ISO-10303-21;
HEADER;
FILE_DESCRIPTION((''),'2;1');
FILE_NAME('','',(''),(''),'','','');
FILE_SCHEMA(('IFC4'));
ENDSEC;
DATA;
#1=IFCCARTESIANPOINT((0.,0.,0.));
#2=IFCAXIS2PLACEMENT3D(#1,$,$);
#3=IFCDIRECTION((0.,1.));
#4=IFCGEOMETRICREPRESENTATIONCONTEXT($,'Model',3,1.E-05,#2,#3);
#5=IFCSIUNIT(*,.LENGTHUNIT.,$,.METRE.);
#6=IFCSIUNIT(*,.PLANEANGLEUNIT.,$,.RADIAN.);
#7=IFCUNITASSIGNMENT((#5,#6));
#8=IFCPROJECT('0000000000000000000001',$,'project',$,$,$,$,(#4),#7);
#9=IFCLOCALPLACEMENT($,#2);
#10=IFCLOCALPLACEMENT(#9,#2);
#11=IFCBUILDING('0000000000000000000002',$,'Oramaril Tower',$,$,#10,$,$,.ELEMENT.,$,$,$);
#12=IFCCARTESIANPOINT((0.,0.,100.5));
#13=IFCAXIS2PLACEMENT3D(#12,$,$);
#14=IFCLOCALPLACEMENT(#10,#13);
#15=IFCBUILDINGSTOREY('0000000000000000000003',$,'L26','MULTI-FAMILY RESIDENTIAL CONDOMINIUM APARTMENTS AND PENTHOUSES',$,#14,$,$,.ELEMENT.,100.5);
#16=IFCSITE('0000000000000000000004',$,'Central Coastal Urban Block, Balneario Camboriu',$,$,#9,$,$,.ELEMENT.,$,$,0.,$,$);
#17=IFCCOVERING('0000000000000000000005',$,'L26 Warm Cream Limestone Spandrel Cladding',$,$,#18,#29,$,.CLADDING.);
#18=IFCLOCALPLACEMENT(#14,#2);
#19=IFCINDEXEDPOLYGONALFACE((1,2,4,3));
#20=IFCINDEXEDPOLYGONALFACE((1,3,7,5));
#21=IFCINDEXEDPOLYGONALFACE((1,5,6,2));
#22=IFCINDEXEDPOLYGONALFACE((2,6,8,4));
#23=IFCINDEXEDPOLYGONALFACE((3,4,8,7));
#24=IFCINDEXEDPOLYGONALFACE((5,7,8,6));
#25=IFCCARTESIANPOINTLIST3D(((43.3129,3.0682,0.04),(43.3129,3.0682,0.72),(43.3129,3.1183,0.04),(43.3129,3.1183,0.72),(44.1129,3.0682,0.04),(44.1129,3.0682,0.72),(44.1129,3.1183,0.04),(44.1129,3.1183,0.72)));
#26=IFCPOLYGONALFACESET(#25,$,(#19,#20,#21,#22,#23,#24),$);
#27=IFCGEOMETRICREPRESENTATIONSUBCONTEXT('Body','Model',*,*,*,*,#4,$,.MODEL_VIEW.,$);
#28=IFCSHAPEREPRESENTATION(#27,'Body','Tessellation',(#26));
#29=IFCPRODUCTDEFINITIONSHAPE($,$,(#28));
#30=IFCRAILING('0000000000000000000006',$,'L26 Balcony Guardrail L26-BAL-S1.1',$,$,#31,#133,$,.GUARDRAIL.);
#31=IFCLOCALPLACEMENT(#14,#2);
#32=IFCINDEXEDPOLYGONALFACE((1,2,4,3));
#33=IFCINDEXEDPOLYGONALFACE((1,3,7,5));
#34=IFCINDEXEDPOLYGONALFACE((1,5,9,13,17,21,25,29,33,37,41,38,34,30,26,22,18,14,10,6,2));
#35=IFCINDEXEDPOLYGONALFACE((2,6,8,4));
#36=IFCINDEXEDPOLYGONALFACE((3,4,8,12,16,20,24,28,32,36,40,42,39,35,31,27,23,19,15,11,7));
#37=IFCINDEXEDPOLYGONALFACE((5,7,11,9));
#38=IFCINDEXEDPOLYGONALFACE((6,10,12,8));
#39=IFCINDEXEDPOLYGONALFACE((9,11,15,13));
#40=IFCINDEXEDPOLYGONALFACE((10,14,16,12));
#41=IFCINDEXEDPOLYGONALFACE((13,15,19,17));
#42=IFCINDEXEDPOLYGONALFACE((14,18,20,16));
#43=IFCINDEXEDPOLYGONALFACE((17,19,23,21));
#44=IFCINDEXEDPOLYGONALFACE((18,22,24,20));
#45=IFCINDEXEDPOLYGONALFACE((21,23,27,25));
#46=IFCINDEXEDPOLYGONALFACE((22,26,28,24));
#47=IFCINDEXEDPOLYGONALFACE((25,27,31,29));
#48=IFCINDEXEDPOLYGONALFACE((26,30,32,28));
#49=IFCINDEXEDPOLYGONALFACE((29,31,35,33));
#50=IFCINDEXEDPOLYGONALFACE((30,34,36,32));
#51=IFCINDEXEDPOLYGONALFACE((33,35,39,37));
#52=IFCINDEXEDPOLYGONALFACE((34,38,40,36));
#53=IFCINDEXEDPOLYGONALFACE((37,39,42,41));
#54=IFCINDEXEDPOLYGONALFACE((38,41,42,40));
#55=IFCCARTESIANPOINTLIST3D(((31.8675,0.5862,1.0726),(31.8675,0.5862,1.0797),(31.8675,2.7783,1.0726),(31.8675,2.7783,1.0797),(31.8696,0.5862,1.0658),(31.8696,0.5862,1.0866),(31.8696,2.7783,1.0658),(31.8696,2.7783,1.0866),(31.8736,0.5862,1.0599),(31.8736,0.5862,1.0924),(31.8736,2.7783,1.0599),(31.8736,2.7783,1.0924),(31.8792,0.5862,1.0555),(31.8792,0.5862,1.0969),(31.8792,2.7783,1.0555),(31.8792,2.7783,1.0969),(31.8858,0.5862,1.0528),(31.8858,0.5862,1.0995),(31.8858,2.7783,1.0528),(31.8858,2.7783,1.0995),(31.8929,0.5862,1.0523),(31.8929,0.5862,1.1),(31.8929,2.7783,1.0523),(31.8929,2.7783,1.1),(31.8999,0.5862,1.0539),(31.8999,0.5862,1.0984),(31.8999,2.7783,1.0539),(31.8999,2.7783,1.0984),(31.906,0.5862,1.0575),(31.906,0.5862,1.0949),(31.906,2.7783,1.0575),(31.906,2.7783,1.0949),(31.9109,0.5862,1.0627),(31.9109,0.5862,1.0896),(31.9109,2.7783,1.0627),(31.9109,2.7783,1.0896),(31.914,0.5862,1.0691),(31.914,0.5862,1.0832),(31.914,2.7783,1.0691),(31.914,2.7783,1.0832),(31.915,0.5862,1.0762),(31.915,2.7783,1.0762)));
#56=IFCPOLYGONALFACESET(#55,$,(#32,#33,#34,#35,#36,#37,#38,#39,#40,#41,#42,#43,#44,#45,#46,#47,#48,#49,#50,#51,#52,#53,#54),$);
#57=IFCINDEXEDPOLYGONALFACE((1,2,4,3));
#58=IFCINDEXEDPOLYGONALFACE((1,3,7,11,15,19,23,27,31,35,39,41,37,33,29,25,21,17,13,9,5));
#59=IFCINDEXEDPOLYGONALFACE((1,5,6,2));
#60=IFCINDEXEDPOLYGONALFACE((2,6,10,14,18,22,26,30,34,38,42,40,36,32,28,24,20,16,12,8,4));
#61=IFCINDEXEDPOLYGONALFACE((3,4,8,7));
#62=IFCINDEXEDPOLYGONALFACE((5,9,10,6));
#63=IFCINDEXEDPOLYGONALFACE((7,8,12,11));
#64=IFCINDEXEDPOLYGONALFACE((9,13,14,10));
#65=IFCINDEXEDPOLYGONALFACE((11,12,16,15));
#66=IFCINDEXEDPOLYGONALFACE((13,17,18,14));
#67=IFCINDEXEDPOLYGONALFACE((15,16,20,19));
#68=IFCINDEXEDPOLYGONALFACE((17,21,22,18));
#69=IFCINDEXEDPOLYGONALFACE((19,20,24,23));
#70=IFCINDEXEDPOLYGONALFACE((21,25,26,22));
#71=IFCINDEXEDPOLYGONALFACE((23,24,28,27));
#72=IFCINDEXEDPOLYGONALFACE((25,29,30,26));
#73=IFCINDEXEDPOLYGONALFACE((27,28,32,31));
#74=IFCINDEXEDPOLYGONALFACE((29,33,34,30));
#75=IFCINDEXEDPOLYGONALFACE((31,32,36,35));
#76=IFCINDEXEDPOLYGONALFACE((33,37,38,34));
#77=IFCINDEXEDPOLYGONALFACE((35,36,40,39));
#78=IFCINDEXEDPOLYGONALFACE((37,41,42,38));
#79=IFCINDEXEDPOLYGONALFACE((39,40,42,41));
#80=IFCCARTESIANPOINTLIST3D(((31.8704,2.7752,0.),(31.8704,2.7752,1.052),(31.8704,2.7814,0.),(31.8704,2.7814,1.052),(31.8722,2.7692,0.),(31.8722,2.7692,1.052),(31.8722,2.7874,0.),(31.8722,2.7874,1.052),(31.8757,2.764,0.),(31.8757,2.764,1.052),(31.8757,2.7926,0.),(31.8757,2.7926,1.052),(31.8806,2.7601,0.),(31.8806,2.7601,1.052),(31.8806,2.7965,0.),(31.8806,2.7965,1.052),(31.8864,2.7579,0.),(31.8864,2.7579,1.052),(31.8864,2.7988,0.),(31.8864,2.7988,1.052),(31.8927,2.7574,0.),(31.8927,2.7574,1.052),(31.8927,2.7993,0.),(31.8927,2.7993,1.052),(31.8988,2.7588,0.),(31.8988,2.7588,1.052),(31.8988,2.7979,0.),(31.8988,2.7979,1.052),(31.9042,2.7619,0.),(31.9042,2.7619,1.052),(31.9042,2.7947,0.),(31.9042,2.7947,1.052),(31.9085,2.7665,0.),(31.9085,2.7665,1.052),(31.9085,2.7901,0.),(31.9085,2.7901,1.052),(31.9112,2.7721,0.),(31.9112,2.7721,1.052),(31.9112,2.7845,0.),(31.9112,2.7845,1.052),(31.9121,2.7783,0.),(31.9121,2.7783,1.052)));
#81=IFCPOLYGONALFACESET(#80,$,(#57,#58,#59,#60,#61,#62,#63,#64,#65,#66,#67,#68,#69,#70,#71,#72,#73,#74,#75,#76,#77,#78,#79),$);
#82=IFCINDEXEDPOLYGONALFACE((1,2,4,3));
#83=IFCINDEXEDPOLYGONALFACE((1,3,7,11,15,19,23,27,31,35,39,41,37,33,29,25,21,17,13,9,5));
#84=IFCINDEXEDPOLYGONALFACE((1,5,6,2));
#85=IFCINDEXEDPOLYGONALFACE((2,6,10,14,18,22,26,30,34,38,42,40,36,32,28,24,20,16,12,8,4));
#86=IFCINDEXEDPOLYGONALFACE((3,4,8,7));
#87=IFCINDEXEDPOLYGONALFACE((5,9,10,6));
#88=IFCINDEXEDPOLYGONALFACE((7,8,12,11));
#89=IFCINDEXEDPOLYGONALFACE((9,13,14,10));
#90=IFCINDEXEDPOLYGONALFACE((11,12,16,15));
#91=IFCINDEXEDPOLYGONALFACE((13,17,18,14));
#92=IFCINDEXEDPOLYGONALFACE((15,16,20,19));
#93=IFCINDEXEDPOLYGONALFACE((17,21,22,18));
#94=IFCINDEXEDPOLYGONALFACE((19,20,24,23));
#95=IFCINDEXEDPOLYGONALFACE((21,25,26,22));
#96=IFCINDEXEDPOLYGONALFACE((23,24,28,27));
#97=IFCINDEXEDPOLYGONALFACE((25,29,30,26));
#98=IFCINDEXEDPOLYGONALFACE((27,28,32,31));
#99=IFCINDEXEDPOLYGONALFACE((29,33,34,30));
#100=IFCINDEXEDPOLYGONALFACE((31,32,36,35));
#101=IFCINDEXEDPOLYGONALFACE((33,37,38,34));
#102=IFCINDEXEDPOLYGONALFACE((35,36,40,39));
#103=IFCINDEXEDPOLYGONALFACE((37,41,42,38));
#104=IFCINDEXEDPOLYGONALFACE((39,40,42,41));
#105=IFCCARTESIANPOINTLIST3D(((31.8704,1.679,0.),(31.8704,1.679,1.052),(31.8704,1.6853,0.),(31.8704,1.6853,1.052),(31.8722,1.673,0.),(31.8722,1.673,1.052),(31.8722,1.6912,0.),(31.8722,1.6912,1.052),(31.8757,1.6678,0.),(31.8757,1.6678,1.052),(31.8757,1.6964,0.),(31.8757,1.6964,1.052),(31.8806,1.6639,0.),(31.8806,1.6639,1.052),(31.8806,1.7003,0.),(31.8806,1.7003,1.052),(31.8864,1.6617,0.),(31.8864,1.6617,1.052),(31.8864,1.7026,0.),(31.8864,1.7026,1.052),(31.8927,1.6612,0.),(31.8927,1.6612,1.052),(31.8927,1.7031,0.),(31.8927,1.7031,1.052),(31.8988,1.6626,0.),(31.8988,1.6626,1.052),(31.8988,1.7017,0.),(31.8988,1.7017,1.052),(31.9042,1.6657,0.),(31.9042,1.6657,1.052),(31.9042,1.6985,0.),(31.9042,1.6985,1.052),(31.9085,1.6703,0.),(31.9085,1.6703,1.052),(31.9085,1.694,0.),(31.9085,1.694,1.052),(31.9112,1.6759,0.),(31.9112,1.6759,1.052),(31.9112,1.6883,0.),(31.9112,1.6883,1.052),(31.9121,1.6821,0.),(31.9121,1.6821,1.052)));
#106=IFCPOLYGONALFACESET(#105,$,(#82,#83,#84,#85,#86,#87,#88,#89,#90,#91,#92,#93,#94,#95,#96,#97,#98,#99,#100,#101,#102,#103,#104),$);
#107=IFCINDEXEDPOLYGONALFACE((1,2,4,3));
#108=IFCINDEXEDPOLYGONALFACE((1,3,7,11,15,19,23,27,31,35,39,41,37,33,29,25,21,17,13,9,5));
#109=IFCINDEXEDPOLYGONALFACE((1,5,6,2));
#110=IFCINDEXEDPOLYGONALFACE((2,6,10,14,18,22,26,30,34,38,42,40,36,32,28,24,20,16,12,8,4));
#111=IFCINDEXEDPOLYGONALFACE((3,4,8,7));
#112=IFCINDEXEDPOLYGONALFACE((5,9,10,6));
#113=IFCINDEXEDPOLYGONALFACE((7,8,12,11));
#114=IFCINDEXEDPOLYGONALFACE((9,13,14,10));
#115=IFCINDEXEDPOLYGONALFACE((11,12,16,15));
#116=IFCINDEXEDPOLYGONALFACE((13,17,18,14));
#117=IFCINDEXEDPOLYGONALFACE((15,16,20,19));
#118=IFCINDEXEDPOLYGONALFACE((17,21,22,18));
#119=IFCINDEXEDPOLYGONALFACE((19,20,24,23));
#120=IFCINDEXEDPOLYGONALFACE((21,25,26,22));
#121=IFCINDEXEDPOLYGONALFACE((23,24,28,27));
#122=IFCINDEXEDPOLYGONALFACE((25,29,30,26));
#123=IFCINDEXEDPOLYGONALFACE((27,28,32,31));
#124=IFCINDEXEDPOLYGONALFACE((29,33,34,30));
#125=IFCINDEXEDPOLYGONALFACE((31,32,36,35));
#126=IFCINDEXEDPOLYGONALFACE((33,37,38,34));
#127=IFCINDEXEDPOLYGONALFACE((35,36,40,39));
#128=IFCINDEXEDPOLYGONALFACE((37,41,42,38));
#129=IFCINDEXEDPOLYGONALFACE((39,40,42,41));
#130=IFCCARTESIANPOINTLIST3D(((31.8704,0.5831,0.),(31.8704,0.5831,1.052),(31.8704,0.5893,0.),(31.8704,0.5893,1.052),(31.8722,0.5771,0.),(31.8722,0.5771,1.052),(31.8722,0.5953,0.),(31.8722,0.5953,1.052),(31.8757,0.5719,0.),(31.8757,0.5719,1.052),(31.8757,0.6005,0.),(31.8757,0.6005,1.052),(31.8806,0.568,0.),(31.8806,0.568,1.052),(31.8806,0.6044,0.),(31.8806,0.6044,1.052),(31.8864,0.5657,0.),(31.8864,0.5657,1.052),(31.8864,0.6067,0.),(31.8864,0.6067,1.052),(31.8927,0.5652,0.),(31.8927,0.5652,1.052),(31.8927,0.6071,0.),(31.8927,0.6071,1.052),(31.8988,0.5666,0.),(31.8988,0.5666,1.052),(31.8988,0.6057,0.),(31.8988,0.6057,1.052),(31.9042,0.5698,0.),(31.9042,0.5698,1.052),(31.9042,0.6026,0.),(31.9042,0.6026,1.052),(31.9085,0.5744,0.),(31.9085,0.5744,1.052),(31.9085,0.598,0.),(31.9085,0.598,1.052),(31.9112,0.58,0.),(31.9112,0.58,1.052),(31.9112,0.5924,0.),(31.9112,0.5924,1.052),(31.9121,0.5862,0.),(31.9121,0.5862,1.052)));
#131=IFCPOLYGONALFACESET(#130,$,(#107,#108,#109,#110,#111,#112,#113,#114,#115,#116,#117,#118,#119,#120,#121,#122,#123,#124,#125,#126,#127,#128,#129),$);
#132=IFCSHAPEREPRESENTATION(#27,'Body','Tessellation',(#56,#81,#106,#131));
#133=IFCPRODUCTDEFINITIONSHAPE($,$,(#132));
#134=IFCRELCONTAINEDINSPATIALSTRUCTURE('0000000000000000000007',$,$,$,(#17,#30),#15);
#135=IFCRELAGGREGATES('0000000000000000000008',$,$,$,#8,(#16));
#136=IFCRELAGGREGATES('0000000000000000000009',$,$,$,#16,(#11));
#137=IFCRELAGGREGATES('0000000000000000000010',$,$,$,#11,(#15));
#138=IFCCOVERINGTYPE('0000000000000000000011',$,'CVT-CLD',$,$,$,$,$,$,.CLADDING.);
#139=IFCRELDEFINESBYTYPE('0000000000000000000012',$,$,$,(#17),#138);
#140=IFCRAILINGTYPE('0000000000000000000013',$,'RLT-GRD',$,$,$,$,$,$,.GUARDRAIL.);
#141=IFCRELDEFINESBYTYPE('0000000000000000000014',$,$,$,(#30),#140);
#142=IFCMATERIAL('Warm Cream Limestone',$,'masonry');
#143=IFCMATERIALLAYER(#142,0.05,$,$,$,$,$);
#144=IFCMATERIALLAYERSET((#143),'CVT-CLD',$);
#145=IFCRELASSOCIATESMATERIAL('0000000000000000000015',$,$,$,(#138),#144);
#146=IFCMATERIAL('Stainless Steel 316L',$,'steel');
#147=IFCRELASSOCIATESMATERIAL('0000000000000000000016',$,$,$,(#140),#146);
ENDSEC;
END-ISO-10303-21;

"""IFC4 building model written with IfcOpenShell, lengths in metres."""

from ifc_helpers import new_model, si_unit, direction, frame, origin, origin_2d, place, context, subcontext, project, spatial, rectangle, circle, extrude, material, layer, layer_set, type_object, element, save


model = new_model("IFC4")

# Units and contexts
model_context = context("Model", 3, precision=1e-05, world=origin(), true_north=direction((0.0, 1.0)))
body_context = subcontext(model_context, "Body", "Model", "MODEL_VIEW")
ifc_project = project(units=[si_unit("LENGTHUNIT", "METRE"), si_unit("PLANEANGLEUNIT", "RADIAN")], contexts=[model_context])

# Site, building, storey
site_placement = place(None, origin())
site = spatial("IfcSite", under=ifc_project, at=site_placement, Name="Central Coastal Urban Block, Balneario Camboriu", CompositionType="ELEMENT", RefElevation=0.0)
building_placement = place(site_placement, origin())
building = spatial("IfcBuilding", under=site, at=building_placement, Name="Oramaril Tower", CompositionType="ELEMENT")
storey_placement = place(building_placement, frame((0.0, 0.0, 100.5)))
storey = spatial("IfcBuildingStorey", under=building, at=storey_placement, Name="L26", Description="MULTI-FAMILY RESIDENTIAL CONDOMINIUM APARTMENTS AND PENTHOUSES", CompositionType="ELEMENT", Elevation=100.5)

# Covering
ifc_material_1 = material(Name="Warm Cream Limestone", Category="masonry")
ifc_layer_1 = layer(ifc_material_1, 0.05)
ifc_layer_set_1 = layer_set([ifc_layer_1], Name="CVT-CLD")
covering_type = type_object("IfcCoveringType", Name="CVT-CLD", PredefinedType="CLADDING", material=ifc_layer_set_1)
covering_placement = place(storey_placement, frame((43.7129, 3.0933, 0.04), z_axis=(0.0, 0.0, 1.0), x_axis=(1.0, 0.0, 0.0)))
element("IfcCovering", 1, at=covering_placement, inside=storey, type_object=covering_type, Name="L26 Warm Cream Limestone Spandrel Cladding", PredefinedType="CLADDING", context=body_context, shape_type="SweptSolid", body=[
    extrude(rectangle(XDim=0.8, YDim=0.05, at=origin_2d()), origin(), (0.0, 0.0, 1.0), 0.6799),
])

# Railing
ifc_material_2 = material(Name="Stainless Steel 316L", Category="steel")
railing_type = type_object("IfcRailingType", Name="RLT-GRD", PredefinedType="GUARDRAIL", material=ifc_material_2)
railing_1_placement = place(storey_placement, frame((31.8911, 2.7783, 0.0)))
element("IfcRailing", 2, at=railing_1_placement, inside=storey, type_object=railing_type, Name="L26 Balcony Guardrail L26-BAL-S1.1", PredefinedType="GUARDRAIL", context=body_context, shape_type="SweptSolid", body=[
    extrude(circle(Radius=0.0239, at=origin_2d()), frame((0.0, 0.0, 1.0762), z_axis=(0.0, -1.0, 0.0), x_axis=(1.0, 0.0, 0.0)), (0.0, 0.0, 1.0), 2.1921),
    extrude(circle(Radius=0.021, at=origin_2d()), origin(), (0.0, 0.0, 1.0), 1.052),
    extrude(circle(Radius=0.021, at=origin_2d()), frame((0.0, -1.0962, 0.0)), (0.0, 0.0, 1.0), 1.052),
    extrude(circle(Radius=0.021, at=origin_2d()), frame((0.0, -2.1921, 0.0)), (0.0, 0.0, 1.0), 1.052),
])

save(model, "model.ifc")
